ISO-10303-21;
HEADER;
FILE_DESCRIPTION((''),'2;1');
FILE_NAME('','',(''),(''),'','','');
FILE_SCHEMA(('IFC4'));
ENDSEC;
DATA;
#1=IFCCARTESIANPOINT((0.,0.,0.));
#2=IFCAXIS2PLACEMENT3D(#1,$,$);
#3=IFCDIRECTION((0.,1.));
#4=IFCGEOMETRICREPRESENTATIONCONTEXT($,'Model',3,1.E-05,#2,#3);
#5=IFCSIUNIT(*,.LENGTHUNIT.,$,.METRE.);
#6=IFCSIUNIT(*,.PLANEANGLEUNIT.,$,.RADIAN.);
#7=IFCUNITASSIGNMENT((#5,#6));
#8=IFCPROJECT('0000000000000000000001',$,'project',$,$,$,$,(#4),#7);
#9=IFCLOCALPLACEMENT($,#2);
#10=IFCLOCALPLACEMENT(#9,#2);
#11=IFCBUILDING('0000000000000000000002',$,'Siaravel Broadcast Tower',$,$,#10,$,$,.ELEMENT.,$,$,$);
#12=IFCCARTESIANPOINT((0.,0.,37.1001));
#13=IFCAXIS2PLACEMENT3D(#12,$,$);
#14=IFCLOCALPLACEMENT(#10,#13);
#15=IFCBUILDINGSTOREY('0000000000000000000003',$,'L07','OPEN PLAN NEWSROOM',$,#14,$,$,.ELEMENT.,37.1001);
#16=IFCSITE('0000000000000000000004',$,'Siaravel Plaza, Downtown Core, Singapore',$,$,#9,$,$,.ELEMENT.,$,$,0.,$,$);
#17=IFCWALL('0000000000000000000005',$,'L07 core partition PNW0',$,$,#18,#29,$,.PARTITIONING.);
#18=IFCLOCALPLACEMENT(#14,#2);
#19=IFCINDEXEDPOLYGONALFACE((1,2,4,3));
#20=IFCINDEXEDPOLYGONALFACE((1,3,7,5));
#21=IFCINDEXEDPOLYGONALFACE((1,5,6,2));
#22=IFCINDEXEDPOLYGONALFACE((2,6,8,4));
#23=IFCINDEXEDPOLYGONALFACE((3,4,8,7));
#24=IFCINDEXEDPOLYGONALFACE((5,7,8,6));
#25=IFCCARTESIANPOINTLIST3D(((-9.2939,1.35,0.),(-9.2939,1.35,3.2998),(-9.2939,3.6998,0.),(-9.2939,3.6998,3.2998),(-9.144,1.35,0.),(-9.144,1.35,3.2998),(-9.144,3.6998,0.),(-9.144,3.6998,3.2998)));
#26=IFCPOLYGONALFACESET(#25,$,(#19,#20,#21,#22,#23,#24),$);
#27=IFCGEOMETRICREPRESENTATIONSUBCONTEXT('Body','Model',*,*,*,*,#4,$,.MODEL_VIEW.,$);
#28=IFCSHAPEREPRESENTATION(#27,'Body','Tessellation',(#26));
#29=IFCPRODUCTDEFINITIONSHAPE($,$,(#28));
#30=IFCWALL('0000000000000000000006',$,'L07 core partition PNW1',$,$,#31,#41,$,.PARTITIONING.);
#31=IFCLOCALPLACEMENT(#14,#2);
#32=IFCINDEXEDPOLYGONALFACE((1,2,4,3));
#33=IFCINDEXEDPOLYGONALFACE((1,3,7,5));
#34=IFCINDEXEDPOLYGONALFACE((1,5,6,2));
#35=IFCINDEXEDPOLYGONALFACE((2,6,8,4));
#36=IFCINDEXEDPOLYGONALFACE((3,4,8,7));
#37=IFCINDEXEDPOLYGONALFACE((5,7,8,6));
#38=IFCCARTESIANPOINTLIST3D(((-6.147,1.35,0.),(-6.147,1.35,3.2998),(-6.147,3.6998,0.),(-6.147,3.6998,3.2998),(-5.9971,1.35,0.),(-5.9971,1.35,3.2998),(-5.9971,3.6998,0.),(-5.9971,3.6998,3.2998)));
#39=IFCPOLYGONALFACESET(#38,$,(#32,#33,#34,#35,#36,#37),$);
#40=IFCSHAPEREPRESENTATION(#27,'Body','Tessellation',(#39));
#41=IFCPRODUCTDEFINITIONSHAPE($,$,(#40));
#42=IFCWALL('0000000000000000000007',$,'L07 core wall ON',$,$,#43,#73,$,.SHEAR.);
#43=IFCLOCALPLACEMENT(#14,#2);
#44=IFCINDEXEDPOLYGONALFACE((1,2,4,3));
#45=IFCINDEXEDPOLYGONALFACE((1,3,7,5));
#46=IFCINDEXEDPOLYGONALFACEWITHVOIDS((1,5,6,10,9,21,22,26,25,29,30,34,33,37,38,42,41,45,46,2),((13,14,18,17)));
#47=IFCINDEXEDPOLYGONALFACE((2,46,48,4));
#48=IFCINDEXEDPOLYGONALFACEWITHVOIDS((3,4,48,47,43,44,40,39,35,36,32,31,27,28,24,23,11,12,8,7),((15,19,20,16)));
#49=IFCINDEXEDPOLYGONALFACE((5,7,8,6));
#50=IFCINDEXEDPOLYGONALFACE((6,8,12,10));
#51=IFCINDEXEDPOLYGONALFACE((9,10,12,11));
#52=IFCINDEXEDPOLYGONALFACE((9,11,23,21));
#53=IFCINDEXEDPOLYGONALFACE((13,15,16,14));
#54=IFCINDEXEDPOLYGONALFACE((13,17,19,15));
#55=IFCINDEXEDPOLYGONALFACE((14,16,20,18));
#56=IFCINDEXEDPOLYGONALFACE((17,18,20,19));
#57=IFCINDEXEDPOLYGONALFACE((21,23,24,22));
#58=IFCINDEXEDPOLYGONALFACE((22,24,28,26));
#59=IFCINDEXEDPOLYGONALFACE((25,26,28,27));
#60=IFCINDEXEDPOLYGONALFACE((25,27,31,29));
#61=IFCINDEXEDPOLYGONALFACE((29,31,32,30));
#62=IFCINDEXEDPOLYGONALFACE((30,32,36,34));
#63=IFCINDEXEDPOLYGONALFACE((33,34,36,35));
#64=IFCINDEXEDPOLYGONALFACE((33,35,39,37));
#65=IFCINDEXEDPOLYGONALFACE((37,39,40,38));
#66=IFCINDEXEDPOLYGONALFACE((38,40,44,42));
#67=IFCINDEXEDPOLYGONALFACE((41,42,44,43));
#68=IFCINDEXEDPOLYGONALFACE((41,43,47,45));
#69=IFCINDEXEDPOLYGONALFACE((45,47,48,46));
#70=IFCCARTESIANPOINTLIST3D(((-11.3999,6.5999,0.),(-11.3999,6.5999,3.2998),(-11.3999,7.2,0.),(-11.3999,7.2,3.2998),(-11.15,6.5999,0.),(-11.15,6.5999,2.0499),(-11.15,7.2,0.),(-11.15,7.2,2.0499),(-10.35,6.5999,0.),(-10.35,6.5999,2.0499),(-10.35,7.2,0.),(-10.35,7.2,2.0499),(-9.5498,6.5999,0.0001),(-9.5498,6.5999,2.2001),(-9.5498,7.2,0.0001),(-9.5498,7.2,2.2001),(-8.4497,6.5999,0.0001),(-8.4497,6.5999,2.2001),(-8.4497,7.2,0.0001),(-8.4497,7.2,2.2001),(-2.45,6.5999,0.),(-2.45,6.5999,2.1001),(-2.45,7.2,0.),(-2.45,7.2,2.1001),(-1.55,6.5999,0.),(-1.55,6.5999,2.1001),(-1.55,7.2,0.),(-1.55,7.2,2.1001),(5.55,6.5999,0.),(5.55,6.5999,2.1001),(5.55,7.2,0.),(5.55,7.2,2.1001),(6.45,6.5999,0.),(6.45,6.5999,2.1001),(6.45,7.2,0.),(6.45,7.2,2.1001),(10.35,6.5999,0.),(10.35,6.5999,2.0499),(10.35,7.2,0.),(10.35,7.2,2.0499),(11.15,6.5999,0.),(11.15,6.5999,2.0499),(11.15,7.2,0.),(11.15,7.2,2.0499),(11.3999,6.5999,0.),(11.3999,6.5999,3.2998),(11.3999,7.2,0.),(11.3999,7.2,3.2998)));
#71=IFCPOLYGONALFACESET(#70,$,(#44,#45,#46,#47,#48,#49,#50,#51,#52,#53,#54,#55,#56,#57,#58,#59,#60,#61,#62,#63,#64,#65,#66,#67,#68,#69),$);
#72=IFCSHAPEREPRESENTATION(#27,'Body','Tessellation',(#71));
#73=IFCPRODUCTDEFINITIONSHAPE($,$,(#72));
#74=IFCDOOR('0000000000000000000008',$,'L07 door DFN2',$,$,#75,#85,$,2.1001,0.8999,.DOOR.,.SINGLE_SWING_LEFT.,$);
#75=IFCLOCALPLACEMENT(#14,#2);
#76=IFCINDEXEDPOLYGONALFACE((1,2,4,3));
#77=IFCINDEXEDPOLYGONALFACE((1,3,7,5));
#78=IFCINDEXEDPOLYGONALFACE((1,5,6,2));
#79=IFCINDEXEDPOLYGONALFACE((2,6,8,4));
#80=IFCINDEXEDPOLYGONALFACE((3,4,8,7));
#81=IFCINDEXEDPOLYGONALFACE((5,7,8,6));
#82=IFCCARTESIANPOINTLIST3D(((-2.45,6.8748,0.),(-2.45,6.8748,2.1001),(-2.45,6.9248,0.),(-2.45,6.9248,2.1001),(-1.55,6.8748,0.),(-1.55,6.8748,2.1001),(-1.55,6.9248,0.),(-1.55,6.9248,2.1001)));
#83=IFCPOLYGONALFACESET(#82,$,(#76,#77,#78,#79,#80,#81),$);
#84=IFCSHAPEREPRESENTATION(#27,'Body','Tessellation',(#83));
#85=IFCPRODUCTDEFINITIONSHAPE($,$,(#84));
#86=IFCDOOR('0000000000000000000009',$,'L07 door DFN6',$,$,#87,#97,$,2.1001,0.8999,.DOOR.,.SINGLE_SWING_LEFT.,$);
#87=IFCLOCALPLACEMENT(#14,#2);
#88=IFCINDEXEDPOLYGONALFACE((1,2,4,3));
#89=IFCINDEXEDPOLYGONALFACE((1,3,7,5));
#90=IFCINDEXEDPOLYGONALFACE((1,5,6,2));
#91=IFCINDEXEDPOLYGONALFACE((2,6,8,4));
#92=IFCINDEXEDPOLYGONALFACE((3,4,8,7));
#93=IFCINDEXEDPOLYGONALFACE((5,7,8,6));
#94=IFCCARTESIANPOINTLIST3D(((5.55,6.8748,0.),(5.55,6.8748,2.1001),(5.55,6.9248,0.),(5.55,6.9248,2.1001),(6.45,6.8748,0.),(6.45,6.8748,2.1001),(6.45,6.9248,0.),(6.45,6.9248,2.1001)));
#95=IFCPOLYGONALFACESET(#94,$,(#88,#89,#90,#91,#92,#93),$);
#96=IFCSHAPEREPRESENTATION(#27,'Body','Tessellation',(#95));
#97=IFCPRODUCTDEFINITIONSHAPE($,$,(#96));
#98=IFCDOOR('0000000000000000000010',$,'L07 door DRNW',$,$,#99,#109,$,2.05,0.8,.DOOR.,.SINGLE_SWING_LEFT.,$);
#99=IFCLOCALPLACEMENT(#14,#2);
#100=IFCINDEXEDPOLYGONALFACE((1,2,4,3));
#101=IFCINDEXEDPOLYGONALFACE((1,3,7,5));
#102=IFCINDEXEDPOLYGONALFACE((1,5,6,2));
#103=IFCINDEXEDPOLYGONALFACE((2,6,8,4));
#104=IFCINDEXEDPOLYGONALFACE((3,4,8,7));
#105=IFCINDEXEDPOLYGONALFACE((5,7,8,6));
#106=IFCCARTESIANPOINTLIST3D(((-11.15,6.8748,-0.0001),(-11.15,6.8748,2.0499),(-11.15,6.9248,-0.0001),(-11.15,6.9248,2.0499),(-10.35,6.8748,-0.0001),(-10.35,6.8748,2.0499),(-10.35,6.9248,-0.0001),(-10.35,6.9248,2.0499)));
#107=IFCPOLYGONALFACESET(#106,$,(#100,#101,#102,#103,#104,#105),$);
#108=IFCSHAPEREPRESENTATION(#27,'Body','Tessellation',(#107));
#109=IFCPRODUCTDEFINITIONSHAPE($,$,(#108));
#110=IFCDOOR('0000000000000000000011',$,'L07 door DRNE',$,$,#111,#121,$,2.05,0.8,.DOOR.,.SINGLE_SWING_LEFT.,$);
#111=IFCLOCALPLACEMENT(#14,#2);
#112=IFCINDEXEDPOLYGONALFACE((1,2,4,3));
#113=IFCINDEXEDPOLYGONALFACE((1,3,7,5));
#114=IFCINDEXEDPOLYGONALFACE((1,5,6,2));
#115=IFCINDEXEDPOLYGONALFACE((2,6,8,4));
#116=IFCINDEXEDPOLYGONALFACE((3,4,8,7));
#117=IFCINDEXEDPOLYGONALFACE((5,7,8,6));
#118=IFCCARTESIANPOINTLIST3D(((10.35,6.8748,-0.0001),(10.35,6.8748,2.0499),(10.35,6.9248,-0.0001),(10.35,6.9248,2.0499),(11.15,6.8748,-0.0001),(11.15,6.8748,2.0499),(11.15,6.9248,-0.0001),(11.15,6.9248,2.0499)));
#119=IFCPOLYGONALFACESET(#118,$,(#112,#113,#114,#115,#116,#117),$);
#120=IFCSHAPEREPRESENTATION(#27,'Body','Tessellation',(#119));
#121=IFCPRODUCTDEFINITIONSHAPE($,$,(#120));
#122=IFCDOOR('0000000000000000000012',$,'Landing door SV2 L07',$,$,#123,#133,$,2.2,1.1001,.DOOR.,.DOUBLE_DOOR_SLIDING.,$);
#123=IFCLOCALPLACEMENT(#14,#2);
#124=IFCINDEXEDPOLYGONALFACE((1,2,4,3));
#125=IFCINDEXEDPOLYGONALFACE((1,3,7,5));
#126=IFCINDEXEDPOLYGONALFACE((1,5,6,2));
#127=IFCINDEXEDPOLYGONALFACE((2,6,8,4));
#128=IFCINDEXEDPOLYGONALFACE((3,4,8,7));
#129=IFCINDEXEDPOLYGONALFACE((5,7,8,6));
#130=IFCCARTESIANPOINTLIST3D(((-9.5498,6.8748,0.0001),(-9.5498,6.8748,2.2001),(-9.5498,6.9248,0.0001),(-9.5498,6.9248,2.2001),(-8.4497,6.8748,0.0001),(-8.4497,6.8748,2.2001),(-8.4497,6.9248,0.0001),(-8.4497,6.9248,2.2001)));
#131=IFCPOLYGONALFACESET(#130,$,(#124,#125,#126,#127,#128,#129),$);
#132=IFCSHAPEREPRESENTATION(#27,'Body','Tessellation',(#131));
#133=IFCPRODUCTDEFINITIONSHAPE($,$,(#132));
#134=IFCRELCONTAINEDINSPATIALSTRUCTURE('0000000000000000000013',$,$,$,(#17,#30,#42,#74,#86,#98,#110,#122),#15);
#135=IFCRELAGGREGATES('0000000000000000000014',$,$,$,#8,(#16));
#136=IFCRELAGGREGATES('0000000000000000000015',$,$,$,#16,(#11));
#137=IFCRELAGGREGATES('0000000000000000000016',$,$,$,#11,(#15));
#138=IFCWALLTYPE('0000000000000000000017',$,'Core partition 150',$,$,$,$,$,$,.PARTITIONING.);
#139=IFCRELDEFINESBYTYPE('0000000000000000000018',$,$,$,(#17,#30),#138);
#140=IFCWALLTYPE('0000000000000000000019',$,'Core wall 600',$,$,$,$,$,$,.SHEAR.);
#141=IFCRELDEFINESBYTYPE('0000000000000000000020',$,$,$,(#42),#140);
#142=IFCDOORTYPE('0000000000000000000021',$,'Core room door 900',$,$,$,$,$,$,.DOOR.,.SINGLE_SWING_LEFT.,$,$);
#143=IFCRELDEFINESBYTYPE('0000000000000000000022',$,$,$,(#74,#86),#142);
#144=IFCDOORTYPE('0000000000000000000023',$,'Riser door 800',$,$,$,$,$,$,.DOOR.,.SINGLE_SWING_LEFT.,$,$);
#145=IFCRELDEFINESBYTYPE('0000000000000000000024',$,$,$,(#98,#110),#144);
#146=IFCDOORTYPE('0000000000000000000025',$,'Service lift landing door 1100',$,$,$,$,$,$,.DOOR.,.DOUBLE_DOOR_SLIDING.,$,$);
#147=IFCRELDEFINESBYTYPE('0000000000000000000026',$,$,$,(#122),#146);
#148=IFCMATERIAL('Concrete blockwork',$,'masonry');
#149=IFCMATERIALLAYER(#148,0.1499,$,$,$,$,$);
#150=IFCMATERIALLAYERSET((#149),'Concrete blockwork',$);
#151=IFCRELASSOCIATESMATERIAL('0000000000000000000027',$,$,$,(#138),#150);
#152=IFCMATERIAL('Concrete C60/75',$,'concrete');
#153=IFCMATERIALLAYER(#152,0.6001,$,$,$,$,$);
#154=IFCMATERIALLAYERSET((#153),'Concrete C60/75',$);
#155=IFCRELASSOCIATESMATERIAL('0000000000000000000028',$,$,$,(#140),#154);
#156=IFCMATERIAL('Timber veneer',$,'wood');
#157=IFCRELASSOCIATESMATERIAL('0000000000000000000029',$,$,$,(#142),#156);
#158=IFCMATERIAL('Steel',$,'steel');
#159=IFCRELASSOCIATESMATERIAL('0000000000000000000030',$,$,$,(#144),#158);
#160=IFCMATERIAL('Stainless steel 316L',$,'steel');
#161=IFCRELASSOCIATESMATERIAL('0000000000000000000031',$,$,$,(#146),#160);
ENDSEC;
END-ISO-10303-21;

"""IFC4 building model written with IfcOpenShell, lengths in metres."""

from ifc_helpers import new_model, si_unit, direction, frame, frame_2d, origin, place, context, subcontext, project, spatial, rectangle, extrude, material, layer, layer_set, type_object, element, fill, save


model = new_model("IFC4")

# Units and contexts
model_context = context("Model", 3, precision=1e-05, world=origin(), true_north=direction((0.0, 1.0)))
body_context = subcontext(model_context, "Body", "Model", "MODEL_VIEW")
ifc_project = project(units=[si_unit("LENGTHUNIT", "METRE"), si_unit("PLANEANGLEUNIT", "RADIAN")], contexts=[model_context])

# Site, building, storey
site_placement = place(None, origin())
site = spatial("IfcSite", under=ifc_project, at=site_placement, Name="Siaravel Plaza, Downtown Core, Singapore", CompositionType="ELEMENT", RefElevation=0.0)
building_placement = place(site_placement, origin())
building = spatial("IfcBuilding", under=site, at=building_placement, Name="Siaravel Broadcast Tower", CompositionType="ELEMENT")
storey_placement = place(building_placement, frame((0.0, 0.0, 37.1001)))
storey = spatial("IfcBuildingStorey", under=building, at=storey_placement, Name="L07", Description="OPEN PLAN NEWSROOM", CompositionType="ELEMENT", Elevation=37.1001)

# Walls
ifc_material_1 = material(Name="Concrete blockwork", Category="masonry")
ifc_layer_1 = layer(ifc_material_1, 0.1499)
ifc_layer_set_1 = layer_set([ifc_layer_1], Name="Concrete blockwork")
wall_type_1 = type_object("IfcWallType", Name="Core partition 150", PredefinedType="PARTITIONING", material=ifc_layer_set_1)
for number, where, z_axis, x_axis, name in (
    (1, (-9.219, 1.3501, 0.0), (0.0, 0.0, 1.0), (0.0, 1.0, 0.0), "L07 core partition PNW0"),
    (2, (-6.072, 1.3501, 0.0), (0.0, 0.0, 1.0), (0.0, 1.0, 0.0), "L07 core partition PNW1"),
):
    element("IfcWall", number, at=place(storey_placement, frame(where, z_axis=z_axis, x_axis=x_axis)), inside=storey, type_object=wall_type_1, Name=name, PredefinedType="PARTITIONING", context=body_context, shape_type="SweptSolid", body=[
        extrude(rectangle(XDim=2.3499, YDim=0.1499, at=frame_2d((1.1748, 0.0))), origin(), (0.0, 0.0, 1.0), 3.2998),
    ])

# Wall, openings, doors
ifc_material_2 = material(Name="Concrete C60/75", Category="concrete")
ifc_layer_2 = layer(ifc_material_2, 0.6001)
ifc_layer_set_2 = layer_set([ifc_layer_2], Name="Concrete C60/75")
wall_type_2 = type_object("IfcWallType", Name="Core wall 600", PredefinedType="SHEAR", material=ifc_layer_set_2)
wall_1_placement = place(storey_placement, frame((-11.3999, 6.8999, 0.0), z_axis=(0.0, 0.0, 1.0), x_axis=(1.0, 0.0, 0.0)))
wall_1 = element("IfcWall", 3, at=wall_1_placement, inside=storey, type_object=wall_type_2, Name="L07 core wall ON", PredefinedType="SHEAR", context=body_context, shape_type="SweptSolid", body=[
    extrude(rectangle(XDim=22.7998, YDim=0.6001, at=frame_2d((11.3999, 0.0))), origin(), (0.0, 0.0, 1.0), 3.2998),
])
opening_1_placement = place(wall_1_placement, frame((1.8501, 0.0, 0.0)))
opening_1 = element("IfcOpeningElement", 4, at=opening_1_placement, cuts=wall_1, PredefinedType="OPENING", context=body_context, shape_type="SweptSolid", body=[
    extrude(rectangle(XDim=1.1001, YDim=2.2, at=frame_2d((0.55, 1.1001))), frame((0.0, 0.3101, 0.0), z_axis=(0.0, -1.0, 0.0), x_axis=(1.0, 0.0, 0.0)), (0.0, 0.0, 1.0), 0.6201),
])
opening_2_placement = place(wall_1_placement, frame((8.95, 0.0, 0.0)))
opening_2 = element("IfcOpeningElement", 5, at=opening_2_placement, cuts=wall_1, PredefinedType="OPENING", context=body_context, shape_type="SweptSolid", body=[
    extrude(rectangle(XDim=0.8999, YDim=2.1001, at=frame_2d((0.45, 1.05))), frame((0.0, 0.3101, 0.0), z_axis=(0.0, -1.0, 0.0), x_axis=(1.0, 0.0, 0.0)), (0.0, 0.0, 1.0), 0.6201),
])
opening_3_placement = place(wall_1_placement, frame((16.95, 0.0, 0.0)))
opening_3 = element("IfcOpeningElement", 6, at=opening_3_placement, cuts=wall_1, PredefinedType="OPENING", context=body_context, shape_type="SweptSolid", body=[
    extrude(rectangle(XDim=0.8999, YDim=2.1001, at=frame_2d((0.45, 1.05))), frame((0.0, 0.3101, 0.0), z_axis=(0.0, -1.0, 0.0), x_axis=(1.0, 0.0, 0.0)), (0.0, 0.0, 1.0), 0.6201),
])
opening_4_placement = place(wall_1_placement, frame((0.25, 0.0, 0.0)))
opening_4 = element("IfcOpeningElement", 7, at=opening_4_placement, cuts=wall_1, PredefinedType="OPENING", context=body_context, shape_type="SweptSolid", body=[
    extrude(rectangle(XDim=0.8, YDim=2.05, at=frame_2d((0.3999, 1.0249))), frame((0.0, 0.3101, 0.0), z_axis=(0.0, -1.0, 0.0), x_axis=(1.0, 0.0, 0.0)), (0.0, 0.0, 1.0), 0.6201),
])
opening_5_placement = place(wall_1_placement, frame((21.75, 0.0, 0.0)))
opening_5 = element("IfcOpeningElement", 8, at=opening_5_placement, cuts=wall_1, PredefinedType="OPENING", context=body_context, shape_type="SweptSolid", body=[
    extrude(rectangle(XDim=0.8, YDim=2.05, at=frame_2d((0.3999, 1.0249))), frame((0.0, 0.3101, 0.0), z_axis=(0.0, -1.0, 0.0), x_axis=(1.0, 0.0, 0.0)), (0.0, 0.0, 1.0), 0.6201),
])
ifc_material_3 = material(Name="Timber veneer", Category="wood")
door_type_1 = type_object("IfcDoorType", Name="Core room door 900", OperationType="SINGLE_SWING_LEFT", PredefinedType="DOOR", material=ifc_material_3)
door_1_placement = place(opening_2_placement, origin())
door_1 = element("IfcDoor", 9, at=door_1_placement, inside=storey, type_object=door_type_1, Name="L07 door DFN2", OperationType="SINGLE_SWING_LEFT", OverallHeight=2.1001, OverallWidth=0.8999, PredefinedType="DOOR", context=body_context, shape_type="SweptSolid", body=[
    extrude(rectangle(XDim=0.8999, YDim=2.1001, at=frame_2d((0.45, 1.05))), frame((0.0, 0.0249, 0.0), z_axis=(0.0, -1.0, 0.0), x_axis=(1.0, 0.0, 0.0)), (0.0, 0.0, 1.0), 0.05),
])
fill(opening_2, door_1)
door_2_placement = place(opening_3_placement, origin())
door_2 = element("IfcDoor", 10, at=door_2_placement, inside=storey, type_object=door_type_1, Name="L07 door DFN6", OperationType="SINGLE_SWING_LEFT", OverallHeight=2.1001, OverallWidth=0.8999, PredefinedType="DOOR", context=body_context, shape_type="SweptSolid", body=[
    extrude(rectangle(XDim=0.8999, YDim=2.1001, at=frame_2d((0.45, 1.05))), frame((0.0, 0.0249, 0.0), z_axis=(0.0, -1.0, 0.0), x_axis=(1.0, 0.0, 0.0)), (0.0, 0.0, 1.0), 0.05),
])
fill(opening_3, door_2)
ifc_material_4 = material(Name="Steel", Category="steel")
door_type_2 = type_object("IfcDoorType", Name="Riser door 800", OperationType="SINGLE_SWING_LEFT", PredefinedType="DOOR", material=ifc_material_4)
door_3_placement = place(opening_4_placement, origin())
door_3 = element("IfcDoor", 11, at=door_3_placement, inside=storey, type_object=door_type_2, Name="L07 door DRNW", OperationType="SINGLE_SWING_LEFT", OverallHeight=2.05, OverallWidth=0.8, PredefinedType="DOOR", context=body_context, shape_type="SweptSolid", body=[
    extrude(rectangle(XDim=0.8, YDim=2.05, at=frame_2d((0.3999, 1.0249))), frame((0.0, 0.0249, 0.0), z_axis=(0.0, -1.0, 0.0), x_axis=(1.0, 0.0, 0.0)), (0.0, 0.0, 1.0), 0.05),
])
fill(opening_4, door_3)
door_4_placement = place(opening_5_placement, origin())
door_4 = element("IfcDoor", 12, at=door_4_placement, inside=storey, type_object=door_type_2, Name="L07 door DRNE", OperationType="SINGLE_SWING_LEFT", OverallHeight=2.05, OverallWidth=0.8, PredefinedType="DOOR", context=body_context, shape_type="SweptSolid", body=[
    extrude(rectangle(XDim=0.8, YDim=2.05, at=frame_2d((0.3999, 1.0249))), frame((0.0, 0.0249, 0.0), z_axis=(0.0, -1.0, 0.0), x_axis=(1.0, 0.0, 0.0)), (0.0, 0.0, 1.0), 0.05),
])
fill(opening_5, door_4)
ifc_material_5 = material(Name="Stainless steel 316L", Category="steel")
door_type_3 = type_object("IfcDoorType", Name="Service lift landing door 1100", OperationType="DOUBLE_DOOR_SLIDING", PredefinedType="DOOR", material=ifc_material_5)
door_5_placement = place(opening_1_placement, origin())
door_5 = element("IfcDoor", 13, at=door_5_placement, inside=storey, type_object=door_type_3, Name="Landing door SV2 L07", OperationType="DOUBLE_DOOR_SLIDING", OverallHeight=2.2, OverallWidth=1.1001, PredefinedType="DOOR", context=body_context, shape_type="SweptSolid", body=[
    extrude(rectangle(XDim=1.1001, YDim=2.2, at=frame_2d((0.55, 1.1001))), frame((0.0, 0.0249, 0.0), z_axis=(0.0, -1.0, 0.0), x_axis=(1.0, 0.0, 0.0)), (0.0, 0.0, 1.0), 0.05),
])
fill(opening_1, door_5)

save(model, "model.ifc")
